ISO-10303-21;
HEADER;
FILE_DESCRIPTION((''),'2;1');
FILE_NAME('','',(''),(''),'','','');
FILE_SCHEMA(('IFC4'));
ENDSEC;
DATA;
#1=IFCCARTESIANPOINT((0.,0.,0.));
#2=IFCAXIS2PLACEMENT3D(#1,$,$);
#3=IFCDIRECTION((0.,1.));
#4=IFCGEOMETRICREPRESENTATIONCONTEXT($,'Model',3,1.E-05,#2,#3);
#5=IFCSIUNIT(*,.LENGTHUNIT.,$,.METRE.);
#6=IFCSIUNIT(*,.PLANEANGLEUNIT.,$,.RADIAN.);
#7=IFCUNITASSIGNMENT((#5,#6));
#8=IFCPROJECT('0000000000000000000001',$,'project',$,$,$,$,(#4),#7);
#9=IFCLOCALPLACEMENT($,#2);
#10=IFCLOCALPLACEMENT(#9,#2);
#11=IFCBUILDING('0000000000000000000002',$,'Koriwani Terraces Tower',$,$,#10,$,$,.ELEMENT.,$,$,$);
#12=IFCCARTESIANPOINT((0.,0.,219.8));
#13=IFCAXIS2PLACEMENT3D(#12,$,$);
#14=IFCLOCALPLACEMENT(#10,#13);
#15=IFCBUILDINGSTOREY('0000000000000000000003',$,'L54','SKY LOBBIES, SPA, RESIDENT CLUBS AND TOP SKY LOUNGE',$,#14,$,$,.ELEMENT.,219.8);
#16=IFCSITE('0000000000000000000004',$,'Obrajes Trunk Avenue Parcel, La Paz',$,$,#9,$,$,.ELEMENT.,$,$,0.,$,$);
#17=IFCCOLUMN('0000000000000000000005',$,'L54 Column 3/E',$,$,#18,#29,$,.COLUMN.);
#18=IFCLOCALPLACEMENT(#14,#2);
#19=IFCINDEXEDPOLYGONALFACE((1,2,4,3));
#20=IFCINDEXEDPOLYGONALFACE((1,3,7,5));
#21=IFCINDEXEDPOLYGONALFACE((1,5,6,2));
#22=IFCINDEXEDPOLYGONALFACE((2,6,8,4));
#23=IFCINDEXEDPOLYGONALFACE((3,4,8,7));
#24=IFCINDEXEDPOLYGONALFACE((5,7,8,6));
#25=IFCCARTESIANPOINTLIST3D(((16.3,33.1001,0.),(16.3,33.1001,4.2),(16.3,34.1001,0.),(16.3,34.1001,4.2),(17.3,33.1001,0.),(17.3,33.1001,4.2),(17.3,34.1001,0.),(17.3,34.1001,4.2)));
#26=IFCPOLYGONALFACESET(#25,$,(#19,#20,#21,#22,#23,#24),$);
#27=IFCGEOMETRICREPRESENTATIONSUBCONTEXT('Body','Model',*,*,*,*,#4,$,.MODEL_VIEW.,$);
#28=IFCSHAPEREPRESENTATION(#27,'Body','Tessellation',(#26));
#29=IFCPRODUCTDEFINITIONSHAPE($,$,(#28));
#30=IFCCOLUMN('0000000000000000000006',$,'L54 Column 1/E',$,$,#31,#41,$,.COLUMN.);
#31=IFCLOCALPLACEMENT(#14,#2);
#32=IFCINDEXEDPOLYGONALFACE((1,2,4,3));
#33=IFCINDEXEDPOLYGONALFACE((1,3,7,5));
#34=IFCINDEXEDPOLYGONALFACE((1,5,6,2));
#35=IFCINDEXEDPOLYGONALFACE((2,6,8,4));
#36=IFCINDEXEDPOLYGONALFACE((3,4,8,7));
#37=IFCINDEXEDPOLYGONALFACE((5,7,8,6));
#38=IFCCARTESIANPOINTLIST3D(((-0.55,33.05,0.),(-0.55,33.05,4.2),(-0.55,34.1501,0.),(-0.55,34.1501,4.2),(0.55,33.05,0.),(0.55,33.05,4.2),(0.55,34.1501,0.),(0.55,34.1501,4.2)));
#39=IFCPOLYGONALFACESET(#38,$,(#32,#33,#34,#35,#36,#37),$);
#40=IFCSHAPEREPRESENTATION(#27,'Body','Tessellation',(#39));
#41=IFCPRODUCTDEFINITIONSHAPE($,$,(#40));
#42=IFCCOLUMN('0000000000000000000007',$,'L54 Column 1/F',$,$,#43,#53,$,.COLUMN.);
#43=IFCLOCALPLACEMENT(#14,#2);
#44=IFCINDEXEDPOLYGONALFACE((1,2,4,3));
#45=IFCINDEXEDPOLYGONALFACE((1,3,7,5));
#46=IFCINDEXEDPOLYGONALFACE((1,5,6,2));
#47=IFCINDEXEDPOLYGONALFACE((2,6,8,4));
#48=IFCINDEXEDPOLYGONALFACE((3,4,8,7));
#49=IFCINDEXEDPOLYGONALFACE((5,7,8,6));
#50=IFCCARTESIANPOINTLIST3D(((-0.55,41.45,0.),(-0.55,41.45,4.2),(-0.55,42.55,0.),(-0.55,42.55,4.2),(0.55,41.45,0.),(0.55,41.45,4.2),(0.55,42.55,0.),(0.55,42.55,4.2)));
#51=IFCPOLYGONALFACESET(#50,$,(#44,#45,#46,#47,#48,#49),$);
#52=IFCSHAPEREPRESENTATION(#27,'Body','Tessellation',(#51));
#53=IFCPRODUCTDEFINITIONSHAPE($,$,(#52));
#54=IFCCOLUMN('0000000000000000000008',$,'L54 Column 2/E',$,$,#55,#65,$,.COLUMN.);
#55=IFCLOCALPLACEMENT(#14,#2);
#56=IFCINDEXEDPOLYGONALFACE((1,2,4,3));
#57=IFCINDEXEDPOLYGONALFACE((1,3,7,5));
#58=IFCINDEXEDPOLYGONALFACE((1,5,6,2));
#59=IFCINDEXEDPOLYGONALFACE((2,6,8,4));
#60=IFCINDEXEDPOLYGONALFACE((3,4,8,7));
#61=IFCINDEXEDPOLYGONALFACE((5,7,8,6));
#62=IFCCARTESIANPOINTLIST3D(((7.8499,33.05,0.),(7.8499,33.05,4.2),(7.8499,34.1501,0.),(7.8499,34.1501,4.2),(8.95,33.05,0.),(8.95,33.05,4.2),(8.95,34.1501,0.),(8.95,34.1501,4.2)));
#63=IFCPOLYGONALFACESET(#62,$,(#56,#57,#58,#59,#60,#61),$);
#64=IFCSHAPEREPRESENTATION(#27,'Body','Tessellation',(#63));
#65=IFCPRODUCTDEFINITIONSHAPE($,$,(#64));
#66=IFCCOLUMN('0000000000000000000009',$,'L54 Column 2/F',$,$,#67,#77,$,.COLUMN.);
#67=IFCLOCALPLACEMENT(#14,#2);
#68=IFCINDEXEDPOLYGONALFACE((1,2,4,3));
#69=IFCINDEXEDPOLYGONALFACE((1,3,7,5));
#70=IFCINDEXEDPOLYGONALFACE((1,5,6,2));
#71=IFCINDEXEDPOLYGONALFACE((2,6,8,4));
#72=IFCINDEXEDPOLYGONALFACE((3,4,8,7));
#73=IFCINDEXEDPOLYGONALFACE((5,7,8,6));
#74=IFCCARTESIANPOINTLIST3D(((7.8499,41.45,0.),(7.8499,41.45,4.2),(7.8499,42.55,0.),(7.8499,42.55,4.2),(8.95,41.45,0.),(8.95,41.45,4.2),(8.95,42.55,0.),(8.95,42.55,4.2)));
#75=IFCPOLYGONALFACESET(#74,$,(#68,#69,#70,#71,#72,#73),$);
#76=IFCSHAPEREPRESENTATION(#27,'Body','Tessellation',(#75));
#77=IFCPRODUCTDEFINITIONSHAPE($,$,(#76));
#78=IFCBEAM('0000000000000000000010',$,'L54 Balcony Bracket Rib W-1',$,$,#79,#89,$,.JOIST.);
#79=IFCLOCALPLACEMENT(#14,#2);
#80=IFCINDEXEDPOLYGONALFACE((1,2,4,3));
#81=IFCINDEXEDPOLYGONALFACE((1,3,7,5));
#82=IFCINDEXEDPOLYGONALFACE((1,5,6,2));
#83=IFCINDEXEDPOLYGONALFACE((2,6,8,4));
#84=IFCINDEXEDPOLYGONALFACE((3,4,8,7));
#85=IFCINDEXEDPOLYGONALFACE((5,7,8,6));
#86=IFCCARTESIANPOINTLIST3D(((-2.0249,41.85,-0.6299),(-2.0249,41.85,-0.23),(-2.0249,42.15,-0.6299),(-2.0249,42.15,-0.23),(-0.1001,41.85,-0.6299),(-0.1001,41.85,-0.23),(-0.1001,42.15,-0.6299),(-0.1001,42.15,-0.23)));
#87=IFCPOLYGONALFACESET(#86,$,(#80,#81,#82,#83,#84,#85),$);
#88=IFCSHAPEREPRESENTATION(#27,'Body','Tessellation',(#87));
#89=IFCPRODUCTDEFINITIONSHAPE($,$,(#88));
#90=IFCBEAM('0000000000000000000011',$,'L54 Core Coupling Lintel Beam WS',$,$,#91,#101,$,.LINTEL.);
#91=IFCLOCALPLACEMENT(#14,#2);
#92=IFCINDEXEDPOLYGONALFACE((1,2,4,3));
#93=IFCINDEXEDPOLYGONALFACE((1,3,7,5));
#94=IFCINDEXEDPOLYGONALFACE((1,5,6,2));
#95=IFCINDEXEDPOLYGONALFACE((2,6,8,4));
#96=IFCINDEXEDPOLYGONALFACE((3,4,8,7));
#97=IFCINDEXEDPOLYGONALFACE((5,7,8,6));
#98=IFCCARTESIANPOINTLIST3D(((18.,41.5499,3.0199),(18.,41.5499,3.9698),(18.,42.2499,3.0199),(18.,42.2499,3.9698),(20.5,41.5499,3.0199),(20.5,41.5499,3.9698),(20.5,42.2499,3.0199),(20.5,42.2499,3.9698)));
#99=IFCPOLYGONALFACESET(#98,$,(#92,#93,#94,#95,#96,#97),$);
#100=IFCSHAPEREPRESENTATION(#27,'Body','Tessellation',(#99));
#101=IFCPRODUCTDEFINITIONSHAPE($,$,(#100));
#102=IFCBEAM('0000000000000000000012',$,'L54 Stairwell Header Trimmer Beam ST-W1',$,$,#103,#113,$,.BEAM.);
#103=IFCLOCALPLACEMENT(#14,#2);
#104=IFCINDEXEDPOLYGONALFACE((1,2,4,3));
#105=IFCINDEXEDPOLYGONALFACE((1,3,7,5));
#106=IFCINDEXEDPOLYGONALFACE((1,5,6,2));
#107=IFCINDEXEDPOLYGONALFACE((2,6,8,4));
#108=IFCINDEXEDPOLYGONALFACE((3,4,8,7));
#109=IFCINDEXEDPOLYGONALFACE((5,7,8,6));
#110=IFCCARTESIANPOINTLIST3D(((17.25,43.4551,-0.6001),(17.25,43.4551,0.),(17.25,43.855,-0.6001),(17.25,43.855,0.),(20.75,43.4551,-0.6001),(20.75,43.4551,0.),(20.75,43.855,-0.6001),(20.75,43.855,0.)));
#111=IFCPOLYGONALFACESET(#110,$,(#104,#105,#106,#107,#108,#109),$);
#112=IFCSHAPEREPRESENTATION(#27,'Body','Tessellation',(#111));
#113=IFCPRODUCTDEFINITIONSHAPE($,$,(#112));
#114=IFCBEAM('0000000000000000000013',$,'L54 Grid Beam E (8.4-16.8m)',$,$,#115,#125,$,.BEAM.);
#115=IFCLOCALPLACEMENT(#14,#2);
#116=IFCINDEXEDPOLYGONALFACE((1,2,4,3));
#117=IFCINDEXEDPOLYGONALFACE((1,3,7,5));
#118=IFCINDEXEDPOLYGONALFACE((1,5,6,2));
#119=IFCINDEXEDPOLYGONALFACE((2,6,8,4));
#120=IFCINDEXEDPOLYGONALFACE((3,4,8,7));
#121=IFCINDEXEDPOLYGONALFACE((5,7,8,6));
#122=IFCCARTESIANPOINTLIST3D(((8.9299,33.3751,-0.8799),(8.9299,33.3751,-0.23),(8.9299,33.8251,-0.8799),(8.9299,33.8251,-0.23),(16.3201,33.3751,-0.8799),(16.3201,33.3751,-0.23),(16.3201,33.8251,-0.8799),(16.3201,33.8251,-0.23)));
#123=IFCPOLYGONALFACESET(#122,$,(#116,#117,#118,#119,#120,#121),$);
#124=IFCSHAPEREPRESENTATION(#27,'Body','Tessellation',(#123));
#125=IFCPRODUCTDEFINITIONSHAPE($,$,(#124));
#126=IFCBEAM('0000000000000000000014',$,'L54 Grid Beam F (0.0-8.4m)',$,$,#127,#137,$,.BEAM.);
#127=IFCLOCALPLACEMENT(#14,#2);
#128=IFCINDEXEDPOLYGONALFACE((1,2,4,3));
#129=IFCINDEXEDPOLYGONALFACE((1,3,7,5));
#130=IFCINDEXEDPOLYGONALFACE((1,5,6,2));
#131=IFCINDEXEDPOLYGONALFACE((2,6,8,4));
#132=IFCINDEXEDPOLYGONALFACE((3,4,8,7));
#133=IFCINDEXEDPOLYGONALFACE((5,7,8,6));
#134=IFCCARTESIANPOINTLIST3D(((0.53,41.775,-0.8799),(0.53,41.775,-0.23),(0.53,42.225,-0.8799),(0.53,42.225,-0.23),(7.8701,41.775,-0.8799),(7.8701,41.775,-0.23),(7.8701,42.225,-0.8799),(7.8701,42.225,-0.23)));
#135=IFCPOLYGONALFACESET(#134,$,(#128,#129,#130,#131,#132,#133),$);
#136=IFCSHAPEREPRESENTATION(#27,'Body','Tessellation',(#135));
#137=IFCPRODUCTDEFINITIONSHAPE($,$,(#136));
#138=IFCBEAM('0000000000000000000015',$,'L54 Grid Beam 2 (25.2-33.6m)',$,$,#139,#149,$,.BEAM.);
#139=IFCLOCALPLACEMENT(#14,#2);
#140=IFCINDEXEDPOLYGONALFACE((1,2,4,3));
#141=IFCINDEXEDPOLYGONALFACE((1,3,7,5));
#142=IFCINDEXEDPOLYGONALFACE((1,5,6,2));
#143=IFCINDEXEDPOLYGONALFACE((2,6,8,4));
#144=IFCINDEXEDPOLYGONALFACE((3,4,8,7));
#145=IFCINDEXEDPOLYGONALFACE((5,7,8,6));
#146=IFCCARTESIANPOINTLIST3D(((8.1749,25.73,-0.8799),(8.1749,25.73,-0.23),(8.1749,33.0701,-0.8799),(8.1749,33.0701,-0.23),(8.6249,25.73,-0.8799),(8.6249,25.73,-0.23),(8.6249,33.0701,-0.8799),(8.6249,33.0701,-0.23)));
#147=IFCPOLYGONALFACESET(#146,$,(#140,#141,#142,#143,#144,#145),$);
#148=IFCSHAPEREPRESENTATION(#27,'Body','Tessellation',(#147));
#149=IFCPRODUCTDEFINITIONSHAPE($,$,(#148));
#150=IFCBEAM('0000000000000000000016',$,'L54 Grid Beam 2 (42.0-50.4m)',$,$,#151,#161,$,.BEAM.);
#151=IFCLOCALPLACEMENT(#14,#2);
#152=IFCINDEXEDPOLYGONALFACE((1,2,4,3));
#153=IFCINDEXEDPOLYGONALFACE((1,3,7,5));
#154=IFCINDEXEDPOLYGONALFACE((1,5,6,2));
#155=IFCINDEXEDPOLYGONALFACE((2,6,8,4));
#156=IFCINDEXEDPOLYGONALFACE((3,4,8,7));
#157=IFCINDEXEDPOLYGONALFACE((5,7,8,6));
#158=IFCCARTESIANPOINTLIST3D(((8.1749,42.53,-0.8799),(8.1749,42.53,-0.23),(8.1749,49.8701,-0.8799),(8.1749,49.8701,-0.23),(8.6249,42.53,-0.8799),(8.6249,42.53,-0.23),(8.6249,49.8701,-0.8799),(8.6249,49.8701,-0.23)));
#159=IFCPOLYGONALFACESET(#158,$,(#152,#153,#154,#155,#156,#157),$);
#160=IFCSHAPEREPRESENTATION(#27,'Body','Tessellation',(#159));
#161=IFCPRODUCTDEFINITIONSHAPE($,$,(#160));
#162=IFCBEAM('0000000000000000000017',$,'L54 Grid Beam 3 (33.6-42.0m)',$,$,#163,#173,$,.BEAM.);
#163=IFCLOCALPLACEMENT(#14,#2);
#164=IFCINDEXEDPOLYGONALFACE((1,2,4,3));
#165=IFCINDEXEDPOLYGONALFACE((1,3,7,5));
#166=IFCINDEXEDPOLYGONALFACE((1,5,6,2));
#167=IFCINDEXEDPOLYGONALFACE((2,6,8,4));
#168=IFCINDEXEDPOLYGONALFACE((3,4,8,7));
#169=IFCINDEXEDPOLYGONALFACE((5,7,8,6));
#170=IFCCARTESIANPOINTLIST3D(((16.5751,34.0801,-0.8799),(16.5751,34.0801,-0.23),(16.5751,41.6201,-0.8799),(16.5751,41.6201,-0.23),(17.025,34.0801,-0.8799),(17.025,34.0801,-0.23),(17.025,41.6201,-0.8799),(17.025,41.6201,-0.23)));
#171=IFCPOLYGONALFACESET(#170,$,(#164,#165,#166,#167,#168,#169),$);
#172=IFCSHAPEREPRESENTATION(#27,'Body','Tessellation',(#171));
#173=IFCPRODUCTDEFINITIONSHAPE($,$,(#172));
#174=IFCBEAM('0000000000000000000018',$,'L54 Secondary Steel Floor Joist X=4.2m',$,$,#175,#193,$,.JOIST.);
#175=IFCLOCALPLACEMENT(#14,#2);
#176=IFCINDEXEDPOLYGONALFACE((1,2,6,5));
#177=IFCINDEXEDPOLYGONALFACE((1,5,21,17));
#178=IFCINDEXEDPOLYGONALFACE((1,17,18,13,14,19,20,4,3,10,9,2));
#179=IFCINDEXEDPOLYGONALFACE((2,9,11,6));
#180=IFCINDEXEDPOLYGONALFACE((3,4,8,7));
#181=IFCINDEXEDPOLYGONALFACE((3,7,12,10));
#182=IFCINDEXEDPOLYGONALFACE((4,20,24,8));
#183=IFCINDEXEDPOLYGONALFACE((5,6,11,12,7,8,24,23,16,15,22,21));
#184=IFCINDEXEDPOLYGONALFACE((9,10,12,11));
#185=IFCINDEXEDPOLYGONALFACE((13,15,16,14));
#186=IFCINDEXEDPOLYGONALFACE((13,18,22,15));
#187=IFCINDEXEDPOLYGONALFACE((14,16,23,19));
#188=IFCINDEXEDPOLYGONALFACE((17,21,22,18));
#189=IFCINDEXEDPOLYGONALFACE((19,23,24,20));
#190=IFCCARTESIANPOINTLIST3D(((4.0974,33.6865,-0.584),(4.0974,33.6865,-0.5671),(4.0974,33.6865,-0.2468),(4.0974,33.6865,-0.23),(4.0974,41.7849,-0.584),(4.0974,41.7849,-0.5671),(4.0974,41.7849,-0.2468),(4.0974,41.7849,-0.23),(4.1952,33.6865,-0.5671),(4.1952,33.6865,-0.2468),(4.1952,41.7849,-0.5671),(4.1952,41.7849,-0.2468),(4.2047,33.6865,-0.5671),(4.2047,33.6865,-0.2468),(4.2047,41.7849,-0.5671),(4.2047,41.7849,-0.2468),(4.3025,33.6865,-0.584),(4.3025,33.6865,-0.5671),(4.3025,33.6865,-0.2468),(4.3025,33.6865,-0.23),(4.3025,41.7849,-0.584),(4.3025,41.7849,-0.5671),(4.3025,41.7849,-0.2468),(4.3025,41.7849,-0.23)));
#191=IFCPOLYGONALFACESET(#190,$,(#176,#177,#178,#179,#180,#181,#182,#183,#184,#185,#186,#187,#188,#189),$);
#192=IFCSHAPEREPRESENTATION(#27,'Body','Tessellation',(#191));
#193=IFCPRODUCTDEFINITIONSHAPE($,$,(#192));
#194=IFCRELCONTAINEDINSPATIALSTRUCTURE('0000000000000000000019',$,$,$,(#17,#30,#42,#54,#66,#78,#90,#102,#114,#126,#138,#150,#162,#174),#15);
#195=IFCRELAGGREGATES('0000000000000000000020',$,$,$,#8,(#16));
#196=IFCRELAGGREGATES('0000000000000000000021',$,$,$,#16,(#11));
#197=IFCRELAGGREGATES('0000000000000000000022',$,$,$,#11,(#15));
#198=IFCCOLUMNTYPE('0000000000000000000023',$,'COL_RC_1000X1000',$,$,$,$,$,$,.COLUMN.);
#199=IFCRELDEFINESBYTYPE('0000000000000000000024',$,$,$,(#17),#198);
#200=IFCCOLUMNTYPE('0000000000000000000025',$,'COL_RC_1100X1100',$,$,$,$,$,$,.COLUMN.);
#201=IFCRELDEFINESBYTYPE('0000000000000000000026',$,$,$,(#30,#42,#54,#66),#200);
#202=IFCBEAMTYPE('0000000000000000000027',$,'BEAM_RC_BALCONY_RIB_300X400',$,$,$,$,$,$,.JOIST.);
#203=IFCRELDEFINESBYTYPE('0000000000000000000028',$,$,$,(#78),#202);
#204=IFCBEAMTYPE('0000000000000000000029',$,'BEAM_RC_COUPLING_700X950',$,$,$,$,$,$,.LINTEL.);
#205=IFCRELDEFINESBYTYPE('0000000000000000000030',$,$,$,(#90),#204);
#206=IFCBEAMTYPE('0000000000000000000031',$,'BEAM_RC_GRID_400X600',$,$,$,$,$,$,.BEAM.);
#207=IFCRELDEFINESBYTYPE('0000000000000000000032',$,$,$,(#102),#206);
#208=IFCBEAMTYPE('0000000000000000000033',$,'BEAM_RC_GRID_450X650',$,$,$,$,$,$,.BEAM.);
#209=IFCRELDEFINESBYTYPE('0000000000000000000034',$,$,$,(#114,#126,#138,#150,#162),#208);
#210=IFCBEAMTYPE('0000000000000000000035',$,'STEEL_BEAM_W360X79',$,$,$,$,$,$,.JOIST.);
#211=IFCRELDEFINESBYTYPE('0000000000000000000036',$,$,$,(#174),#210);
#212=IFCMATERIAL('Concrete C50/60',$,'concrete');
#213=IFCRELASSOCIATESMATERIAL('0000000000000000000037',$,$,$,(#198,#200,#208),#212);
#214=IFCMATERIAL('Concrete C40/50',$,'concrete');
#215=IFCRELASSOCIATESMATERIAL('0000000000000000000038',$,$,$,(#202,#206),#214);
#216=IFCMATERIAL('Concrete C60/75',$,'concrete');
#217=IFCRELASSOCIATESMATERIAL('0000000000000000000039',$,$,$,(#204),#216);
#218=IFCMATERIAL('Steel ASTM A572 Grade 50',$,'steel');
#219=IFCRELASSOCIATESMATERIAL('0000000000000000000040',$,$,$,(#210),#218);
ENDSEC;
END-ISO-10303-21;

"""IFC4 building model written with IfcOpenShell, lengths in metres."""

from ifc_helpers import new_model, si_unit, direction, frame, origin, origin_2d, place, context, subcontext, project, spatial, rectangle, i_section, extrude, material, material_profile, profile_set, type_object, element, save


model = new_model("IFC4")

# Units and contexts
model_context = context("Model", 3, precision=1e-05, world=origin(), true_north=direction((0.0, 1.0)))
body_context = subcontext(model_context, "Body", "Model", "MODEL_VIEW")
ifc_project = project(units=[si_unit("LENGTHUNIT", "METRE"), si_unit("PLANEANGLEUNIT", "RADIAN")], contexts=[model_context])

# Site, building, storey
site_placement = place(None, origin())
site = spatial("IfcSite", under=ifc_project, at=site_placement, Name="Obrajes Trunk Avenue Parcel, La Paz", CompositionType="ELEMENT", RefElevation=0.0)
building_placement = place(site_placement, origin())
building = spatial("IfcBuilding", under=site, at=building_placement, Name="Koriwani Terraces Tower", CompositionType="ELEMENT")
storey_placement = place(building_placement, frame((0.0, 0.0, 219.8)))
storey = spatial("IfcBuildingStorey", under=building, at=storey_placement, Name="L54", Description="SKY LOBBIES, SPA, RESIDENT CLUBS AND TOP SKY LOUNGE", CompositionType="ELEMENT", Elevation=219.8)

# Columns
ifc_material_1 = material(Name="Concrete C50/60", Category="concrete")
ifc_material_profile_1 = material_profile(ifc_material_1, rectangle(XDim=1.0, YDim=1.0, at=origin_2d()), Name="Concrete C50/60", Category="LoadBearing")
ifc_profile_set_1 = profile_set([ifc_material_profile_1], Name="Concrete C50/60")
column_type_1 = type_object("IfcColumnType", Name="COL_RC_1000X1000", PredefinedType="COLUMN", material=ifc_profile_set_1)
column_placement = place(storey_placement, frame((16.8, 33.6001, 0.0), z_axis=(0.0, 0.0, 1.0), x_axis=(1.0, 0.0, 0.0)))
element("IfcColumn", 1, at=column_placement, inside=storey, type_object=column_type_1, Name="L54 Column 3/E", PredefinedType="COLUMN", context=body_context, shape_type="SweptSolid", body=[
    extrude(rectangle(XDim=1.0, YDim=1.0, at=origin_2d()), origin(), (0.0, 0.0, 1.0), 4.2),
])
ifc_material_profile_2 = material_profile(ifc_material_1, rectangle(XDim=1.1001, YDim=1.1001, at=origin_2d()), Name="Concrete C50/60", Category="LoadBearing")
ifc_profile_set_2 = profile_set([ifc_material_profile_2], Name="Concrete C50/60")
column_type_2 = type_object("IfcColumnType", Name="COL_RC_1100X1100", PredefinedType="COLUMN", material=ifc_profile_set_2)
for number, where, z_axis, x_axis, name in (
    (2, (0.0, 33.6001, 0.0), (0.0, 0.0, 1.0), (1.0, 0.0, 0.0), "L54 Column 1/E"),
    (3, (0.0, 42.0, 0.0), (0.0, 0.0, 1.0), (1.0, 0.0, 0.0), "L54 Column 1/F"),
    (4, (8.3999, 33.6001, 0.0), (0.0, 0.0, 1.0), (1.0, 0.0, 0.0), "L54 Column 2/E"),
    (5, (8.3999, 42.0, 0.0), (0.0, 0.0, 1.0), (1.0, 0.0, 0.0), "L54 Column 2/F"),
):
    element("IfcColumn", number, at=place(storey_placement, frame(where, z_axis=z_axis, x_axis=x_axis)), inside=storey, type_object=column_type_2, Name=name, PredefinedType="COLUMN", context=body_context, shape_type="SweptSolid", body=[
        extrude(rectangle(XDim=1.1001, YDim=1.1001, at=origin_2d()), origin(), (0.0, 0.0, 1.0), 4.2),
    ])

# Beams
ifc_material_2 = material(Name="Concrete C40/50", Category="concrete")
ifc_material_profile_3 = material_profile(ifc_material_2, rectangle(XDim=0.3, YDim=0.3999, at=origin_2d()), Name="Concrete C40/50", Category="LoadBearing")
ifc_profile_set_3 = profile_set([ifc_material_profile_3], Name="Concrete C40/50")
beam_type_1 = type_object("IfcBeamType", Name="BEAM_RC_BALCONY_RIB_300X400", PredefinedType="JOIST", material=ifc_profile_set_3)
beam_1_placement = place(storey_placement, frame((-2.0249, 42.0, -0.4299), z_axis=(1.0, 0.0, 0.0), x_axis=(0.0, 1.0, 0.0)))
element("IfcBeam", 6, at=beam_1_placement, inside=storey, type_object=beam_type_1, Name="L54 Balcony Bracket Rib W-1", PredefinedType="JOIST", context=body_context, shape_type="SweptSolid", body=[
    extrude(rectangle(XDim=0.3, YDim=0.3999, at=origin_2d()), origin(), (0.0, 0.0, 1.0), 1.9248),
])
ifc_material_3 = material(Name="Concrete C60/75", Category="concrete")
ifc_material_profile_4 = material_profile(ifc_material_3, rectangle(XDim=0.7, YDim=0.95, at=origin_2d()), Name="Concrete C60/75", Category="LoadBearing")
ifc_profile_set_4 = profile_set([ifc_material_profile_4], Name="Concrete C60/75")
beam_type_2 = type_object("IfcBeamType", Name="BEAM_RC_COUPLING_700X950", PredefinedType="LINTEL", material=ifc_profile_set_4)
beam_2_placement = place(storey_placement, frame((18.0, 41.8999, 3.4949), z_axis=(1.0, 0.0, 0.0), x_axis=(0.0, 1.0, 0.0)))
element("IfcBeam", 7, at=beam_2_placement, inside=storey, type_object=beam_type_2, Name="L54 Core Coupling Lintel Beam WS", PredefinedType="LINTEL", context=body_context, shape_type="SweptSolid", body=[
    extrude(rectangle(XDim=0.7, YDim=0.95, at=origin_2d()), origin(), (0.0, 0.0, 1.0), 2.5),
])
ifc_material_profile_5 = material_profile(ifc_material_2, rectangle(XDim=0.3999, YDim=0.6001, at=origin_2d()), Name="Concrete C40/50", Category="LoadBearing")
ifc_profile_set_5 = profile_set([ifc_material_profile_5], Name="Concrete C40/50")
beam_type_3 = type_object("IfcBeamType", Name="BEAM_RC_GRID_400X600", PredefinedType="BEAM", material=ifc_profile_set_5)
beam_3_placement = place(storey_placement, frame((17.25, 43.655, -0.3), z_axis=(1.0, 0.0, 0.0), x_axis=(0.0, 1.0, 0.0)))
element("IfcBeam", 8, at=beam_3_placement, inside=storey, type_object=beam_type_3, Name="L54 Stairwell Header Trimmer Beam ST-W1", PredefinedType="BEAM", context=body_context, shape_type="SweptSolid", body=[
    extrude(rectangle(XDim=0.3999, YDim=0.6001, at=origin_2d()), origin(), (0.0, 0.0, 1.0), 3.5),
])
ifc_material_profile_6 = material_profile(ifc_material_1, rectangle(XDim=0.45, YDim=0.6499, at=origin_2d()), Name="Concrete C50/60", Category="LoadBearing")
ifc_profile_set_6 = profile_set([ifc_material_profile_6], Name="Concrete C50/60")
beam_type_4 = type_object("IfcBeamType", Name="BEAM_RC_GRID_450X650", PredefinedType="BEAM", material=ifc_profile_set_6)
beam_4_placement = place(storey_placement, frame((8.9299, 33.6001, -0.5549), z_axis=(1.0, 0.0, 0.0), x_axis=(0.0, 1.0, 0.0)))
element("IfcBeam", 9, at=beam_4_placement, inside=storey, type_object=beam_type_4, Name="L54 Grid Beam E (8.4-16.8m)", PredefinedType="BEAM", context=body_context, shape_type="SweptSolid", body=[
    extrude(rectangle(XDim=0.45, YDim=0.6499, at=origin_2d()), origin(), (0.0, 0.0, 1.0), 7.3901),
])
for number, where, z_axis, x_axis, name in (
    (10, (0.53, 42.0, -0.5549), (1.0, 0.0, 0.0), (0.0, 1.0, 0.0), "L54 Grid Beam F (0.0-8.4m)"),
    (11, (8.3999, 25.73, -0.5549), (0.0, 1.0, 0.0), (-1.0, 0.0, 0.0), "L54 Grid Beam 2 (25.2-33.6m)"),
    (12, (8.3999, 42.53, -0.5549), (0.0, 1.0, 0.0), (-1.0, 0.0, 0.0), "L54 Grid Beam 2 (42.0-50.4m)"),
):
    element("IfcBeam", number, at=place(storey_placement, frame(where, z_axis=z_axis, x_axis=x_axis)), inside=storey, type_object=beam_type_4, Name=name, PredefinedType="BEAM", context=body_context, shape_type="SweptSolid", body=[
        extrude(rectangle(XDim=0.45, YDim=0.6499, at=origin_2d()), origin(), (0.0, 0.0, 1.0), 7.3401),
    ])
beam_5_placement = place(storey_placement, frame((16.8, 34.0801, -0.5549), z_axis=(0.0, 1.0, 0.0), x_axis=(-1.0, 0.0, 0.0)))
element("IfcBeam", 13, at=beam_5_placement, inside=storey, type_object=beam_type_4, Name="L54 Grid Beam 3 (33.6-42.0m)", PredefinedType="BEAM", context=body_context, shape_type="SweptSolid", body=[
    extrude(rectangle(XDim=0.45, YDim=0.6499, at=origin_2d()), origin(), (0.0, 0.0, 1.0), 7.54),
])
ifc_material_4 = material(Name="Steel ASTM A572 Grade 50", Category="steel")
ifc_material_profile_7 = material_profile(ifc_material_4, i_section(OverallWidth=0.2051, OverallDepth=0.354, WebThickness=0.0095, FlangeThickness=0.0168, at=origin_2d()), Name="Steel ASTM A572 Grade 50", Category="LoadBearing")
ifc_profile_set_7 = profile_set([ifc_material_profile_7], Name="Steel ASTM A572 Grade 50")
beam_type_5 = type_object("IfcBeamType", Name="STEEL_BEAM_W360X79", PredefinedType="JOIST", material=ifc_profile_set_7)
beam_6_placement = place(storey_placement, frame((4.2, 33.6865, -0.407), z_axis=(0.0, 1.0, 0.0), x_axis=(-1.0, 0.0, 0.0)))
element("IfcBeam", 14, at=beam_6_placement, inside=storey, type_object=beam_type_5, Name="L54 Secondary Steel Floor Joist X=4.2m", PredefinedType="JOIST", context=body_context, shape_type="SweptSolid", body=[
    extrude(i_section(OverallWidth=0.2051, OverallDepth=0.354, WebThickness=0.0095, FlangeThickness=0.0168, at=origin_2d()), origin(), (0.0, 0.0, 1.0), 8.0984),
])

save(model, "model.ifc")
